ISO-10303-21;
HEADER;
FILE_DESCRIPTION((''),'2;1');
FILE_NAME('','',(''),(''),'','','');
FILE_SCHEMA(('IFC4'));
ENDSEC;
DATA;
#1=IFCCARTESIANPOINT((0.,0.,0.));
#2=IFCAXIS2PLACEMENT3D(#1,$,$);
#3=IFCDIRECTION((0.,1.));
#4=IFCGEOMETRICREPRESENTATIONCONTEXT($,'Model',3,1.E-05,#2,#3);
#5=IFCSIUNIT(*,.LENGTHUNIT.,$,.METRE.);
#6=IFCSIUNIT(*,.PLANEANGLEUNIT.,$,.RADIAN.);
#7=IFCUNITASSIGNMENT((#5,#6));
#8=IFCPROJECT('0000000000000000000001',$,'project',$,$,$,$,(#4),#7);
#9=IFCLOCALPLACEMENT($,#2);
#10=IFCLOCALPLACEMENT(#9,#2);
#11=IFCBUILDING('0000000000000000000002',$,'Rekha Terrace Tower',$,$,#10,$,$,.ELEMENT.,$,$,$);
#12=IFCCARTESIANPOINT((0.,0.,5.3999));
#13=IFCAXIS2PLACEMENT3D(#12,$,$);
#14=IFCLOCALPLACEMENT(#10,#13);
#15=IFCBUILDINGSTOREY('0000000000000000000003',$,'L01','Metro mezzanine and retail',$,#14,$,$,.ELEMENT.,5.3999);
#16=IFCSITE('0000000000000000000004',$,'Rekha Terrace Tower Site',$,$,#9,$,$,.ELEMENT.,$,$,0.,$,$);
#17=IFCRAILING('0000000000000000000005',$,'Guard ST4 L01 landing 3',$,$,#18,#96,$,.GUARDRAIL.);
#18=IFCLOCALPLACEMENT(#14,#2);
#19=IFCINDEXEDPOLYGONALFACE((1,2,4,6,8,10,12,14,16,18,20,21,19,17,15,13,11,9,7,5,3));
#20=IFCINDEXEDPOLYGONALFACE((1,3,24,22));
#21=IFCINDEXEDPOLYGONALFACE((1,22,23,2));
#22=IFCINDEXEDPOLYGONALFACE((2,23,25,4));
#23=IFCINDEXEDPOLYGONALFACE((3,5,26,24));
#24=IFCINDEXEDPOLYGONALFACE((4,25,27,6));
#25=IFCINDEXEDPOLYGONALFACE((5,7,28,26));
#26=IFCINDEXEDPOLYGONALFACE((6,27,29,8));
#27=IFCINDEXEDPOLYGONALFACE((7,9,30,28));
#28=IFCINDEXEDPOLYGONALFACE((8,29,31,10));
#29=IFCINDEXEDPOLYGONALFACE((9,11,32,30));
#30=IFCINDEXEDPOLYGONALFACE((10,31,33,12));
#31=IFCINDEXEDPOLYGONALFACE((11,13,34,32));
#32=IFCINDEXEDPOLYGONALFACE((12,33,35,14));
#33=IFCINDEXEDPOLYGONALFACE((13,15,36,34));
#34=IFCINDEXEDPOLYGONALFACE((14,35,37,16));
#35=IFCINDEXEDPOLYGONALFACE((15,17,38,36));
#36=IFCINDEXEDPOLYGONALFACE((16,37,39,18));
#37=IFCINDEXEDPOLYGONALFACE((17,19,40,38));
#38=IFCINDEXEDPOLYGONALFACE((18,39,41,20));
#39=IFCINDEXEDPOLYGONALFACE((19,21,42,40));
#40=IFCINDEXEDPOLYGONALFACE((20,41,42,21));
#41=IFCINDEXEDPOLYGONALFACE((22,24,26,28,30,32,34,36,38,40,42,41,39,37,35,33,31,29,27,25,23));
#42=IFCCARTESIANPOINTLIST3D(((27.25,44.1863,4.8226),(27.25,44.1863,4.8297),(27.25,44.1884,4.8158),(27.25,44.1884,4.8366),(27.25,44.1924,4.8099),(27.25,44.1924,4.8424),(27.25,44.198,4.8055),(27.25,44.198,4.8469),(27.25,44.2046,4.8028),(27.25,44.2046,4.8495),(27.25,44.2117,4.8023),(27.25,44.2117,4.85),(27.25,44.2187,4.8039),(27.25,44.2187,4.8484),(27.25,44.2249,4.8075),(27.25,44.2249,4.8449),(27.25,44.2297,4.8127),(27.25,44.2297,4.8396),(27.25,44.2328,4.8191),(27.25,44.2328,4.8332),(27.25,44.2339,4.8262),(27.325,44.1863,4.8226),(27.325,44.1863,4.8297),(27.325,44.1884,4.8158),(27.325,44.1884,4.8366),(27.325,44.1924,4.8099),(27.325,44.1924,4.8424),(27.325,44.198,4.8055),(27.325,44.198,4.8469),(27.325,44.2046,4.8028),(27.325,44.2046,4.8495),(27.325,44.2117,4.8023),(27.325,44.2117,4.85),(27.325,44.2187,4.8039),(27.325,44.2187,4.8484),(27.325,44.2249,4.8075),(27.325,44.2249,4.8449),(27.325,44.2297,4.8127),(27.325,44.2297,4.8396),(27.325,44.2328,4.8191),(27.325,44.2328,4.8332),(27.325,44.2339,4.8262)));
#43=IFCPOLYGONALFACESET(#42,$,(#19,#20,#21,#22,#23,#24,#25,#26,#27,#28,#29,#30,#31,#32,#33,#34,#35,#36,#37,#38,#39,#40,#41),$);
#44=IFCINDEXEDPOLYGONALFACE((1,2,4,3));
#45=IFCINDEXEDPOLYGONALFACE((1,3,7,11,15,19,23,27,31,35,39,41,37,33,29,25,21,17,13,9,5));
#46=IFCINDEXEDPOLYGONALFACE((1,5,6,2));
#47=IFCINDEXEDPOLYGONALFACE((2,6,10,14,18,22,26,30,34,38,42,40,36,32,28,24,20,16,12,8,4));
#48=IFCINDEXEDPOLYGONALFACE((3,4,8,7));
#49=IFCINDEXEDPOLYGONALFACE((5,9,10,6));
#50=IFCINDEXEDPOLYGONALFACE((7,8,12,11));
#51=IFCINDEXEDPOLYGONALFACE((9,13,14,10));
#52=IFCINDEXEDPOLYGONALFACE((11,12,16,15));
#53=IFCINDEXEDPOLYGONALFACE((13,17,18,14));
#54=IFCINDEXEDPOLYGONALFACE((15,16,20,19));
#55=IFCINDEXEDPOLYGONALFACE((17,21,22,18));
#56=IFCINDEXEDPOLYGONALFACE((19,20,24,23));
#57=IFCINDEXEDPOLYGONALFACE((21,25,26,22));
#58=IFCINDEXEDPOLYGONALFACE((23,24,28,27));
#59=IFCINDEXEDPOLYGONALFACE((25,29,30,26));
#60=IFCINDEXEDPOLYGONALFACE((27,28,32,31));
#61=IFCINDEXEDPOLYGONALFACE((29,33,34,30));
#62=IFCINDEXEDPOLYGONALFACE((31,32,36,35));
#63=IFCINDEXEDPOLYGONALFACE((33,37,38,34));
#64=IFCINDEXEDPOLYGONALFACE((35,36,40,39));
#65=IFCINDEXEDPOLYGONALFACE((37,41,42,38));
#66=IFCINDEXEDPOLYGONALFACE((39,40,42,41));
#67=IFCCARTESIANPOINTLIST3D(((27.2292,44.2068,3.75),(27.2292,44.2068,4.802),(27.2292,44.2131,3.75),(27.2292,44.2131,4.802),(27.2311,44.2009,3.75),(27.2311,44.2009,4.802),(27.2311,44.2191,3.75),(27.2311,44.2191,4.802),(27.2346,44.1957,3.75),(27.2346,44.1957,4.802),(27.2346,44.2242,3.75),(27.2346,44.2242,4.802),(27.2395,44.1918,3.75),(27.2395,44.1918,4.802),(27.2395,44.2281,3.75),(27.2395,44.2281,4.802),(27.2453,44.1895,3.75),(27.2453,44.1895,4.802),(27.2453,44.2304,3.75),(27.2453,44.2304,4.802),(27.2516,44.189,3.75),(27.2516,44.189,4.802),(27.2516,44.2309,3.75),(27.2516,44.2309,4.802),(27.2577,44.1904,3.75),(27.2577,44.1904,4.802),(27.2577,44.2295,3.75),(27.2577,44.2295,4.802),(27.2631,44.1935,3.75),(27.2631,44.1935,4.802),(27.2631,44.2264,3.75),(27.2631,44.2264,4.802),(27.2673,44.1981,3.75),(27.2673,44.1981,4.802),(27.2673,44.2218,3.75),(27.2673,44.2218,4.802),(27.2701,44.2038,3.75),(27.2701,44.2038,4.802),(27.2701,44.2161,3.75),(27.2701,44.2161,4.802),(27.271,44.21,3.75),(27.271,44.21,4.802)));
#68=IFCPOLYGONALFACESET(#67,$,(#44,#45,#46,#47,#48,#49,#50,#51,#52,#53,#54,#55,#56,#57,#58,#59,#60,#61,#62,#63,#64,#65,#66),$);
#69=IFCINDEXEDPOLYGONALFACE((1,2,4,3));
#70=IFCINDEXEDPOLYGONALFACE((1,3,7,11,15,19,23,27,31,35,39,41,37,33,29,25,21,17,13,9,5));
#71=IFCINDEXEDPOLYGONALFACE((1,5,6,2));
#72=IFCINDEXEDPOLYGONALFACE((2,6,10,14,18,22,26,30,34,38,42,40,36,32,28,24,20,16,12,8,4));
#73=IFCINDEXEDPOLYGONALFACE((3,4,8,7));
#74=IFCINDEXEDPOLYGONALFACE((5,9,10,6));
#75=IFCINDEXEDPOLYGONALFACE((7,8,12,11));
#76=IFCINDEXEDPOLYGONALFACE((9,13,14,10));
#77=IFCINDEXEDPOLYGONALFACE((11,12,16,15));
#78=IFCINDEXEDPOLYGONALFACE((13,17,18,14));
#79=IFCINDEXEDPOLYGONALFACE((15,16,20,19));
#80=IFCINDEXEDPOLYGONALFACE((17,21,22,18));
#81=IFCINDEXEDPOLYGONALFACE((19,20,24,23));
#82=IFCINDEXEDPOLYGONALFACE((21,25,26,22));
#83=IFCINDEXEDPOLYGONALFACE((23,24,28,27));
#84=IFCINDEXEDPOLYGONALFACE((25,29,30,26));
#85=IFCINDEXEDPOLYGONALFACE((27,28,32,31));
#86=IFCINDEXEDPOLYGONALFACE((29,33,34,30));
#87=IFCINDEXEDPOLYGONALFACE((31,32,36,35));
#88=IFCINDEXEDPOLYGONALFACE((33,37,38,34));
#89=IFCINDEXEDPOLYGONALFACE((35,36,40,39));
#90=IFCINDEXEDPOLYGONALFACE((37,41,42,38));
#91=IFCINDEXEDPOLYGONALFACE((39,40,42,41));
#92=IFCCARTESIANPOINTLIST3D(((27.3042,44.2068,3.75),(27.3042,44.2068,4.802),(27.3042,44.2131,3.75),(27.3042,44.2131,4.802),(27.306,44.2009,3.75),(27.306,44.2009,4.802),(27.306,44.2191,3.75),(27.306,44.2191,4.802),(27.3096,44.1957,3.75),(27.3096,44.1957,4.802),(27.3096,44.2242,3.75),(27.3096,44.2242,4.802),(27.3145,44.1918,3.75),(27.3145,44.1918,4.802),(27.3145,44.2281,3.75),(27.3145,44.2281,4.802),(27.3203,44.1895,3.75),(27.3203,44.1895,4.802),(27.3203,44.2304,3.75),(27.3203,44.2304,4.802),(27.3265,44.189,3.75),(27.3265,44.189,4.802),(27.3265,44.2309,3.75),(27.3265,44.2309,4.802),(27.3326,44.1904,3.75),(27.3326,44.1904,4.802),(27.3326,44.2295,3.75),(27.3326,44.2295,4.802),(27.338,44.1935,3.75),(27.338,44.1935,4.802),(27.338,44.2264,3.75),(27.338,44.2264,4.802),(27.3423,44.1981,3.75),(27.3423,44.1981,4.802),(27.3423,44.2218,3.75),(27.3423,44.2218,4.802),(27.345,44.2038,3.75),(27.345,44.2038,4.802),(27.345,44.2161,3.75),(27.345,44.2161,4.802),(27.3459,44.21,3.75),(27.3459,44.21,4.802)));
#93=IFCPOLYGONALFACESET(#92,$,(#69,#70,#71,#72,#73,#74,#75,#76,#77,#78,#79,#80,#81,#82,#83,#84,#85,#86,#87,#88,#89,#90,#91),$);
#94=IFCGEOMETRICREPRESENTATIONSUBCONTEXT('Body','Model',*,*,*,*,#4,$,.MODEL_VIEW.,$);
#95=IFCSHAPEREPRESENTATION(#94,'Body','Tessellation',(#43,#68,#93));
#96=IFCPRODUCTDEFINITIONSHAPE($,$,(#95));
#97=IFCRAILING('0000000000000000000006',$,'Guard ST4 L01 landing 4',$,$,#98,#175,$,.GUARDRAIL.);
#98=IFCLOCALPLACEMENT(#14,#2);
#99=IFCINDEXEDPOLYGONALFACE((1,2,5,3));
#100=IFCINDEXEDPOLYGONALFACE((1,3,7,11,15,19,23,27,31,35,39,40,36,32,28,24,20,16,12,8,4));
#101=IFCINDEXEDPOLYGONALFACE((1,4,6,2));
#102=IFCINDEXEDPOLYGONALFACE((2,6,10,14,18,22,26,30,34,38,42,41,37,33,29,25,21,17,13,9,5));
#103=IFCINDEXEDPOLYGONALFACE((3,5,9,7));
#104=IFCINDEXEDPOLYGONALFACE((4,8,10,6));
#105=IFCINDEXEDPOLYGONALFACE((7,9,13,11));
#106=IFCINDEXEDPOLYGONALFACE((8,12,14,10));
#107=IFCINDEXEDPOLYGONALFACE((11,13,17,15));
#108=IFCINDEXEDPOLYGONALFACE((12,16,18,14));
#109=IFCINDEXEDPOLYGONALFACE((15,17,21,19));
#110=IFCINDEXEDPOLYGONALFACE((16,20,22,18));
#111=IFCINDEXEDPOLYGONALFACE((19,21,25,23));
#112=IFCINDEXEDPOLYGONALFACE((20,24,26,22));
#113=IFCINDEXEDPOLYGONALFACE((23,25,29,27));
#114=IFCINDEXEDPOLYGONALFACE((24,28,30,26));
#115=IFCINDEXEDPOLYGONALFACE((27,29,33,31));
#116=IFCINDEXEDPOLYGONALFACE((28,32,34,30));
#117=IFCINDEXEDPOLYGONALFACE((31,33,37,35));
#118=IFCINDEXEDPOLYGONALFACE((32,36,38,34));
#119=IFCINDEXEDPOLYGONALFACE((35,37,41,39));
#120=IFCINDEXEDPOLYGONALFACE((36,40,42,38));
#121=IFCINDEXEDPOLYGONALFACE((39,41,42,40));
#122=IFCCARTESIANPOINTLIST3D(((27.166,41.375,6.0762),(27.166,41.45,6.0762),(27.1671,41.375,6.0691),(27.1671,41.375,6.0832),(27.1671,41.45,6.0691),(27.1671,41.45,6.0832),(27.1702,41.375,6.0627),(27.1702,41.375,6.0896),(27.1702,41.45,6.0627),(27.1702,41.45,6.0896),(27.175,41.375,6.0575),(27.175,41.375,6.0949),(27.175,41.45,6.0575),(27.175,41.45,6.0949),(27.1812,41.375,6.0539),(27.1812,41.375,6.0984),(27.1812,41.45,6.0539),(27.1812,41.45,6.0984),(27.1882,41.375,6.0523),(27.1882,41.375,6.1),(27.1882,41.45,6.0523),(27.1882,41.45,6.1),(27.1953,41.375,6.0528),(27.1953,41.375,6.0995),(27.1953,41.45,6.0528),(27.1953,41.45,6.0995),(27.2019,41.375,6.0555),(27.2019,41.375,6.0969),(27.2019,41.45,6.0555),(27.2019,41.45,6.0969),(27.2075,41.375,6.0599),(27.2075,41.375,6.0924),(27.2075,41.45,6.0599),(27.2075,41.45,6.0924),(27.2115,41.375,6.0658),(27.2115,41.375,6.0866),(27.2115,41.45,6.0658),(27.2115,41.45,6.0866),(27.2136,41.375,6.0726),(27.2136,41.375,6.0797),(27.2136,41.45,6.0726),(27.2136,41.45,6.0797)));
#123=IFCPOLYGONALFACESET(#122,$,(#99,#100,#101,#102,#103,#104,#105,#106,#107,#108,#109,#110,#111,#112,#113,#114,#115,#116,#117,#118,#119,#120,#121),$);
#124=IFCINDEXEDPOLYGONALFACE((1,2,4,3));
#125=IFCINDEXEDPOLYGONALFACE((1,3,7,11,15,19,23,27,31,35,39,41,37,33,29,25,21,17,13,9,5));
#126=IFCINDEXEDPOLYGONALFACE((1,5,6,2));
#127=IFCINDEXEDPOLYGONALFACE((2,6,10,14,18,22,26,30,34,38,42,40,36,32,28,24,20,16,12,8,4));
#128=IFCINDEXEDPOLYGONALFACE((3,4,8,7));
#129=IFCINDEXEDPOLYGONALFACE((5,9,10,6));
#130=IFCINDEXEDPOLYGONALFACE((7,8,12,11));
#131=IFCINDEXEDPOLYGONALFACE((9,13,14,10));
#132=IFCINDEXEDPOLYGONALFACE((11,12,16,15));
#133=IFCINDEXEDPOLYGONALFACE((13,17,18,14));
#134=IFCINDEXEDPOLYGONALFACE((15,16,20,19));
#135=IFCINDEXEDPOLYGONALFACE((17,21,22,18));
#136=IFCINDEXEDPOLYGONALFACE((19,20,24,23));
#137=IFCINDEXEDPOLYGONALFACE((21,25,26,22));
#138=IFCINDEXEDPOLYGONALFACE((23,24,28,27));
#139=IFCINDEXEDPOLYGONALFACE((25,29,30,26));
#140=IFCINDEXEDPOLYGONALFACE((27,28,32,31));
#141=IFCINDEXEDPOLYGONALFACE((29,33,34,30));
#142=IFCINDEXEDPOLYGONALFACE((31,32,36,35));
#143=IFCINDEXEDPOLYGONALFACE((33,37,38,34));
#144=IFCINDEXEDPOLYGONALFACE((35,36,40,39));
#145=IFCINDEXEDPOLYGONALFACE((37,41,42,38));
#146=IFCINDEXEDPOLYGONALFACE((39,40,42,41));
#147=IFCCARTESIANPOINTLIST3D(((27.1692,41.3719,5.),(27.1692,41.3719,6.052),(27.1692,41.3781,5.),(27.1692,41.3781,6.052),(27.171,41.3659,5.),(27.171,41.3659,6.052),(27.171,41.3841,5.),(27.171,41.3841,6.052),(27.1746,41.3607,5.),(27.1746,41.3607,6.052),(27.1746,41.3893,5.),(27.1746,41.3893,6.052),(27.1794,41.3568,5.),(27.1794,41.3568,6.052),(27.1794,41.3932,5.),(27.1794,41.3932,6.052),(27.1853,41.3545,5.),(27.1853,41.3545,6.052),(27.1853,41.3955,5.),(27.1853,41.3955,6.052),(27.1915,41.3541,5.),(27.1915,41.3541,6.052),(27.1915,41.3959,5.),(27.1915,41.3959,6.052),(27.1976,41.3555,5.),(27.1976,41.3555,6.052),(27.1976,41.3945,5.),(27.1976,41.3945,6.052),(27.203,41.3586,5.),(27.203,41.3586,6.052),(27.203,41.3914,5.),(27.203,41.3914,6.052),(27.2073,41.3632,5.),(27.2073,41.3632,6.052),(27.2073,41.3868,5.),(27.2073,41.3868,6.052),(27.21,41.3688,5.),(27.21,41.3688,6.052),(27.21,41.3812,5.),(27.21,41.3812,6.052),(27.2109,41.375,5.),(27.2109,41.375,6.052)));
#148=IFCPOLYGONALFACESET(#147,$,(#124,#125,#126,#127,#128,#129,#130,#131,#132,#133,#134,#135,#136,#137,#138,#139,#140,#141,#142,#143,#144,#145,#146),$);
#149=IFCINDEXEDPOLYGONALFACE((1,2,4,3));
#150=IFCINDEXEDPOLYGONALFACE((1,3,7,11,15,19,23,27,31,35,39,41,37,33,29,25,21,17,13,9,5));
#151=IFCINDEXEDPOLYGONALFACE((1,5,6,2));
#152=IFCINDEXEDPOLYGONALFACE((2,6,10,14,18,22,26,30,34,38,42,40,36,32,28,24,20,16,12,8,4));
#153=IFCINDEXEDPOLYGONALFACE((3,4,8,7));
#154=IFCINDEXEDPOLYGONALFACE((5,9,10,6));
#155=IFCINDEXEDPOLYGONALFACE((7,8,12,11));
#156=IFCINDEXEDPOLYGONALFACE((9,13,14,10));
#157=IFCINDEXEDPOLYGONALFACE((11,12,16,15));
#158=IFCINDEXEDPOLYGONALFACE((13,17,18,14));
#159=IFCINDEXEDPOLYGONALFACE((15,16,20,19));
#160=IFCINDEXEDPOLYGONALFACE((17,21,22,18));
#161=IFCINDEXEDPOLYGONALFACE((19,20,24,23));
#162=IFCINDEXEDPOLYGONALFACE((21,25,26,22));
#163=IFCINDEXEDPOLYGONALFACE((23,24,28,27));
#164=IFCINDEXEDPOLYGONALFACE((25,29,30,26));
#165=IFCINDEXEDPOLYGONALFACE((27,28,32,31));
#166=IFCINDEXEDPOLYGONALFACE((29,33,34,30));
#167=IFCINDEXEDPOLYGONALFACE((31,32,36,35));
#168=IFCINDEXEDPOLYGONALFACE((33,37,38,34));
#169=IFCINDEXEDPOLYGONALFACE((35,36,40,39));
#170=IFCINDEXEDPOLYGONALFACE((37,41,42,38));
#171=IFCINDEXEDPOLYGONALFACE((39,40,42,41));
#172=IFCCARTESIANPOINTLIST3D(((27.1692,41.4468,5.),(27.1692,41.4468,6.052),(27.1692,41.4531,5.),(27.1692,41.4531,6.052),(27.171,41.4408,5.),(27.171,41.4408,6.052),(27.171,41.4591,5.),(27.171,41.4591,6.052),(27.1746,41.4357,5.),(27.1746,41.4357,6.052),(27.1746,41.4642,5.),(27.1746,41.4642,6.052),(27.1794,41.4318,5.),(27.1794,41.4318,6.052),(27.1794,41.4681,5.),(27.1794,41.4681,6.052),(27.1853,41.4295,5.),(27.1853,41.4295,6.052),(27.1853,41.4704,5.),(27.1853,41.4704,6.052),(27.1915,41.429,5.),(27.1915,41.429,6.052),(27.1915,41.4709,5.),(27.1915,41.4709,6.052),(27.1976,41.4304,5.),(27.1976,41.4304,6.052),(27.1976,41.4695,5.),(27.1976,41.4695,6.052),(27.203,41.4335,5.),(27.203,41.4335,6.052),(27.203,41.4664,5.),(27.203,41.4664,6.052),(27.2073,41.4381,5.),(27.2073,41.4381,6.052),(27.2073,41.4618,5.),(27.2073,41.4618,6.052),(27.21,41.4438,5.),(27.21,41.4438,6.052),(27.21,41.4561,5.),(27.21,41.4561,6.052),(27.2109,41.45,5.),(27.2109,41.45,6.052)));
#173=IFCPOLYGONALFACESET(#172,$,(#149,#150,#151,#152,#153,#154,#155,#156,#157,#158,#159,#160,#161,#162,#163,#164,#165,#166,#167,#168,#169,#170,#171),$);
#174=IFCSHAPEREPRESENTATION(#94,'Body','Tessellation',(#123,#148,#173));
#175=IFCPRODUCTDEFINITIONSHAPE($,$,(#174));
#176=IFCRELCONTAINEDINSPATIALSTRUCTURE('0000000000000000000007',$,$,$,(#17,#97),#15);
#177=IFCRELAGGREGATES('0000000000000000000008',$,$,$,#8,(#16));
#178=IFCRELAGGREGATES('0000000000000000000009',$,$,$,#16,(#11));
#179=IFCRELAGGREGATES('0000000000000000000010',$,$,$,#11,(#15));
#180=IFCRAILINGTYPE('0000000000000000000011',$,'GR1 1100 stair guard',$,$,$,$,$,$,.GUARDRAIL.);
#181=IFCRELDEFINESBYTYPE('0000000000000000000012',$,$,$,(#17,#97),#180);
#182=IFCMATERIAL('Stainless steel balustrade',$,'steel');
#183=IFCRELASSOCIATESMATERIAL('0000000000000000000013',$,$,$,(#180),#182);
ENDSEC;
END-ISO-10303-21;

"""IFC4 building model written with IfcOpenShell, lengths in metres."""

from ifc_helpers import new_model, si_unit, direction, frame, origin, origin_2d, place, context, subcontext, project, spatial, circle, extrude, material, type_object, element, save


model = new_model("IFC4")

# Units and contexts
model_context = context("Model", 3, precision=1e-05, world=origin(), true_north=direction((0.0, 1.0)))
body_context = subcontext(model_context, "Body", "Model", "MODEL_VIEW")
ifc_project = project(units=[si_unit("LENGTHUNIT", "METRE"), si_unit("PLANEANGLEUNIT", "RADIAN")], contexts=[model_context])

# Site, building, storey
site_placement = place(None, origin())
site = spatial("IfcSite", under=ifc_project, at=site_placement, Name="Rekha Terrace Tower Site", CompositionType="ELEMENT", RefElevation=0.0)
building_placement = place(site_placement, origin())
building = spatial("IfcBuilding", under=site, at=building_placement, Name="Rekha Terrace Tower", CompositionType="ELEMENT")
storey_placement = place(building_placement, frame((0.0, 0.0, 5.3999)))
storey = spatial("IfcBuildingStorey", under=building, at=storey_placement, Name="L01", Description="Metro mezzanine and retail", CompositionType="ELEMENT", Elevation=5.3999)

# Railings
ifc_material_1 = material(Name="Stainless steel balustrade", Category="steel")
railing_type_1 = type_object("IfcRailingType", Name="GR1 1100 stair guard", PredefinedType="GUARDRAIL", material=ifc_material_1)
railing_1_placement = place(storey_placement, frame((27.25, 44.21, 3.75)))
element("IfcRailing", 1, at=railing_1_placement, inside=storey, type_object=railing_type_1, Name="Guard ST4 L01 landing 3", PredefinedType="GUARDRAIL", context=body_context, shape_type="SweptSolid", body=[
    extrude(circle(Radius=0.0239, at=origin_2d()), frame((0.0, 0.0, 1.0762), z_axis=(1.0, 0.0, 0.0), x_axis=(0.0, 1.0, 0.0)), (0.0, 0.0, 1.0), 0.075),
    extrude(circle(Radius=0.021, at=origin_2d()), origin(), (0.0, 0.0, 1.0), 1.052),
    extrude(circle(Radius=0.021, at=origin_2d()), frame((0.075, 0.0, 0.0)), (0.0, 0.0, 1.0), 1.052),
])
railing_2_placement = place(storey_placement, frame((27.1899, 41.375, 5.0)))
element("IfcRailing", 2, at=railing_2_placement, inside=storey, type_object=railing_type_1, Name="Guard ST4 L01 landing 4", PredefinedType="GUARDRAIL", context=body_context, shape_type="SweptSolid", body=[
    extrude(circle(Radius=0.0239, at=origin_2d()), frame((0.0, 0.0, 1.0762), z_axis=(0.0, 1.0, 0.0), x_axis=(-1.0, 0.0, 0.0)), (0.0, 0.0, 1.0), 0.075),
    extrude(circle(Radius=0.021, at=origin_2d()), origin(), (0.0, 0.0, 1.0), 1.052),
    extrude(circle(Radius=0.021, at=origin_2d()), frame((0.0, 0.075, 0.0)), (0.0, 0.0, 1.0), 1.052),
])

save(model, "model.ifc")
